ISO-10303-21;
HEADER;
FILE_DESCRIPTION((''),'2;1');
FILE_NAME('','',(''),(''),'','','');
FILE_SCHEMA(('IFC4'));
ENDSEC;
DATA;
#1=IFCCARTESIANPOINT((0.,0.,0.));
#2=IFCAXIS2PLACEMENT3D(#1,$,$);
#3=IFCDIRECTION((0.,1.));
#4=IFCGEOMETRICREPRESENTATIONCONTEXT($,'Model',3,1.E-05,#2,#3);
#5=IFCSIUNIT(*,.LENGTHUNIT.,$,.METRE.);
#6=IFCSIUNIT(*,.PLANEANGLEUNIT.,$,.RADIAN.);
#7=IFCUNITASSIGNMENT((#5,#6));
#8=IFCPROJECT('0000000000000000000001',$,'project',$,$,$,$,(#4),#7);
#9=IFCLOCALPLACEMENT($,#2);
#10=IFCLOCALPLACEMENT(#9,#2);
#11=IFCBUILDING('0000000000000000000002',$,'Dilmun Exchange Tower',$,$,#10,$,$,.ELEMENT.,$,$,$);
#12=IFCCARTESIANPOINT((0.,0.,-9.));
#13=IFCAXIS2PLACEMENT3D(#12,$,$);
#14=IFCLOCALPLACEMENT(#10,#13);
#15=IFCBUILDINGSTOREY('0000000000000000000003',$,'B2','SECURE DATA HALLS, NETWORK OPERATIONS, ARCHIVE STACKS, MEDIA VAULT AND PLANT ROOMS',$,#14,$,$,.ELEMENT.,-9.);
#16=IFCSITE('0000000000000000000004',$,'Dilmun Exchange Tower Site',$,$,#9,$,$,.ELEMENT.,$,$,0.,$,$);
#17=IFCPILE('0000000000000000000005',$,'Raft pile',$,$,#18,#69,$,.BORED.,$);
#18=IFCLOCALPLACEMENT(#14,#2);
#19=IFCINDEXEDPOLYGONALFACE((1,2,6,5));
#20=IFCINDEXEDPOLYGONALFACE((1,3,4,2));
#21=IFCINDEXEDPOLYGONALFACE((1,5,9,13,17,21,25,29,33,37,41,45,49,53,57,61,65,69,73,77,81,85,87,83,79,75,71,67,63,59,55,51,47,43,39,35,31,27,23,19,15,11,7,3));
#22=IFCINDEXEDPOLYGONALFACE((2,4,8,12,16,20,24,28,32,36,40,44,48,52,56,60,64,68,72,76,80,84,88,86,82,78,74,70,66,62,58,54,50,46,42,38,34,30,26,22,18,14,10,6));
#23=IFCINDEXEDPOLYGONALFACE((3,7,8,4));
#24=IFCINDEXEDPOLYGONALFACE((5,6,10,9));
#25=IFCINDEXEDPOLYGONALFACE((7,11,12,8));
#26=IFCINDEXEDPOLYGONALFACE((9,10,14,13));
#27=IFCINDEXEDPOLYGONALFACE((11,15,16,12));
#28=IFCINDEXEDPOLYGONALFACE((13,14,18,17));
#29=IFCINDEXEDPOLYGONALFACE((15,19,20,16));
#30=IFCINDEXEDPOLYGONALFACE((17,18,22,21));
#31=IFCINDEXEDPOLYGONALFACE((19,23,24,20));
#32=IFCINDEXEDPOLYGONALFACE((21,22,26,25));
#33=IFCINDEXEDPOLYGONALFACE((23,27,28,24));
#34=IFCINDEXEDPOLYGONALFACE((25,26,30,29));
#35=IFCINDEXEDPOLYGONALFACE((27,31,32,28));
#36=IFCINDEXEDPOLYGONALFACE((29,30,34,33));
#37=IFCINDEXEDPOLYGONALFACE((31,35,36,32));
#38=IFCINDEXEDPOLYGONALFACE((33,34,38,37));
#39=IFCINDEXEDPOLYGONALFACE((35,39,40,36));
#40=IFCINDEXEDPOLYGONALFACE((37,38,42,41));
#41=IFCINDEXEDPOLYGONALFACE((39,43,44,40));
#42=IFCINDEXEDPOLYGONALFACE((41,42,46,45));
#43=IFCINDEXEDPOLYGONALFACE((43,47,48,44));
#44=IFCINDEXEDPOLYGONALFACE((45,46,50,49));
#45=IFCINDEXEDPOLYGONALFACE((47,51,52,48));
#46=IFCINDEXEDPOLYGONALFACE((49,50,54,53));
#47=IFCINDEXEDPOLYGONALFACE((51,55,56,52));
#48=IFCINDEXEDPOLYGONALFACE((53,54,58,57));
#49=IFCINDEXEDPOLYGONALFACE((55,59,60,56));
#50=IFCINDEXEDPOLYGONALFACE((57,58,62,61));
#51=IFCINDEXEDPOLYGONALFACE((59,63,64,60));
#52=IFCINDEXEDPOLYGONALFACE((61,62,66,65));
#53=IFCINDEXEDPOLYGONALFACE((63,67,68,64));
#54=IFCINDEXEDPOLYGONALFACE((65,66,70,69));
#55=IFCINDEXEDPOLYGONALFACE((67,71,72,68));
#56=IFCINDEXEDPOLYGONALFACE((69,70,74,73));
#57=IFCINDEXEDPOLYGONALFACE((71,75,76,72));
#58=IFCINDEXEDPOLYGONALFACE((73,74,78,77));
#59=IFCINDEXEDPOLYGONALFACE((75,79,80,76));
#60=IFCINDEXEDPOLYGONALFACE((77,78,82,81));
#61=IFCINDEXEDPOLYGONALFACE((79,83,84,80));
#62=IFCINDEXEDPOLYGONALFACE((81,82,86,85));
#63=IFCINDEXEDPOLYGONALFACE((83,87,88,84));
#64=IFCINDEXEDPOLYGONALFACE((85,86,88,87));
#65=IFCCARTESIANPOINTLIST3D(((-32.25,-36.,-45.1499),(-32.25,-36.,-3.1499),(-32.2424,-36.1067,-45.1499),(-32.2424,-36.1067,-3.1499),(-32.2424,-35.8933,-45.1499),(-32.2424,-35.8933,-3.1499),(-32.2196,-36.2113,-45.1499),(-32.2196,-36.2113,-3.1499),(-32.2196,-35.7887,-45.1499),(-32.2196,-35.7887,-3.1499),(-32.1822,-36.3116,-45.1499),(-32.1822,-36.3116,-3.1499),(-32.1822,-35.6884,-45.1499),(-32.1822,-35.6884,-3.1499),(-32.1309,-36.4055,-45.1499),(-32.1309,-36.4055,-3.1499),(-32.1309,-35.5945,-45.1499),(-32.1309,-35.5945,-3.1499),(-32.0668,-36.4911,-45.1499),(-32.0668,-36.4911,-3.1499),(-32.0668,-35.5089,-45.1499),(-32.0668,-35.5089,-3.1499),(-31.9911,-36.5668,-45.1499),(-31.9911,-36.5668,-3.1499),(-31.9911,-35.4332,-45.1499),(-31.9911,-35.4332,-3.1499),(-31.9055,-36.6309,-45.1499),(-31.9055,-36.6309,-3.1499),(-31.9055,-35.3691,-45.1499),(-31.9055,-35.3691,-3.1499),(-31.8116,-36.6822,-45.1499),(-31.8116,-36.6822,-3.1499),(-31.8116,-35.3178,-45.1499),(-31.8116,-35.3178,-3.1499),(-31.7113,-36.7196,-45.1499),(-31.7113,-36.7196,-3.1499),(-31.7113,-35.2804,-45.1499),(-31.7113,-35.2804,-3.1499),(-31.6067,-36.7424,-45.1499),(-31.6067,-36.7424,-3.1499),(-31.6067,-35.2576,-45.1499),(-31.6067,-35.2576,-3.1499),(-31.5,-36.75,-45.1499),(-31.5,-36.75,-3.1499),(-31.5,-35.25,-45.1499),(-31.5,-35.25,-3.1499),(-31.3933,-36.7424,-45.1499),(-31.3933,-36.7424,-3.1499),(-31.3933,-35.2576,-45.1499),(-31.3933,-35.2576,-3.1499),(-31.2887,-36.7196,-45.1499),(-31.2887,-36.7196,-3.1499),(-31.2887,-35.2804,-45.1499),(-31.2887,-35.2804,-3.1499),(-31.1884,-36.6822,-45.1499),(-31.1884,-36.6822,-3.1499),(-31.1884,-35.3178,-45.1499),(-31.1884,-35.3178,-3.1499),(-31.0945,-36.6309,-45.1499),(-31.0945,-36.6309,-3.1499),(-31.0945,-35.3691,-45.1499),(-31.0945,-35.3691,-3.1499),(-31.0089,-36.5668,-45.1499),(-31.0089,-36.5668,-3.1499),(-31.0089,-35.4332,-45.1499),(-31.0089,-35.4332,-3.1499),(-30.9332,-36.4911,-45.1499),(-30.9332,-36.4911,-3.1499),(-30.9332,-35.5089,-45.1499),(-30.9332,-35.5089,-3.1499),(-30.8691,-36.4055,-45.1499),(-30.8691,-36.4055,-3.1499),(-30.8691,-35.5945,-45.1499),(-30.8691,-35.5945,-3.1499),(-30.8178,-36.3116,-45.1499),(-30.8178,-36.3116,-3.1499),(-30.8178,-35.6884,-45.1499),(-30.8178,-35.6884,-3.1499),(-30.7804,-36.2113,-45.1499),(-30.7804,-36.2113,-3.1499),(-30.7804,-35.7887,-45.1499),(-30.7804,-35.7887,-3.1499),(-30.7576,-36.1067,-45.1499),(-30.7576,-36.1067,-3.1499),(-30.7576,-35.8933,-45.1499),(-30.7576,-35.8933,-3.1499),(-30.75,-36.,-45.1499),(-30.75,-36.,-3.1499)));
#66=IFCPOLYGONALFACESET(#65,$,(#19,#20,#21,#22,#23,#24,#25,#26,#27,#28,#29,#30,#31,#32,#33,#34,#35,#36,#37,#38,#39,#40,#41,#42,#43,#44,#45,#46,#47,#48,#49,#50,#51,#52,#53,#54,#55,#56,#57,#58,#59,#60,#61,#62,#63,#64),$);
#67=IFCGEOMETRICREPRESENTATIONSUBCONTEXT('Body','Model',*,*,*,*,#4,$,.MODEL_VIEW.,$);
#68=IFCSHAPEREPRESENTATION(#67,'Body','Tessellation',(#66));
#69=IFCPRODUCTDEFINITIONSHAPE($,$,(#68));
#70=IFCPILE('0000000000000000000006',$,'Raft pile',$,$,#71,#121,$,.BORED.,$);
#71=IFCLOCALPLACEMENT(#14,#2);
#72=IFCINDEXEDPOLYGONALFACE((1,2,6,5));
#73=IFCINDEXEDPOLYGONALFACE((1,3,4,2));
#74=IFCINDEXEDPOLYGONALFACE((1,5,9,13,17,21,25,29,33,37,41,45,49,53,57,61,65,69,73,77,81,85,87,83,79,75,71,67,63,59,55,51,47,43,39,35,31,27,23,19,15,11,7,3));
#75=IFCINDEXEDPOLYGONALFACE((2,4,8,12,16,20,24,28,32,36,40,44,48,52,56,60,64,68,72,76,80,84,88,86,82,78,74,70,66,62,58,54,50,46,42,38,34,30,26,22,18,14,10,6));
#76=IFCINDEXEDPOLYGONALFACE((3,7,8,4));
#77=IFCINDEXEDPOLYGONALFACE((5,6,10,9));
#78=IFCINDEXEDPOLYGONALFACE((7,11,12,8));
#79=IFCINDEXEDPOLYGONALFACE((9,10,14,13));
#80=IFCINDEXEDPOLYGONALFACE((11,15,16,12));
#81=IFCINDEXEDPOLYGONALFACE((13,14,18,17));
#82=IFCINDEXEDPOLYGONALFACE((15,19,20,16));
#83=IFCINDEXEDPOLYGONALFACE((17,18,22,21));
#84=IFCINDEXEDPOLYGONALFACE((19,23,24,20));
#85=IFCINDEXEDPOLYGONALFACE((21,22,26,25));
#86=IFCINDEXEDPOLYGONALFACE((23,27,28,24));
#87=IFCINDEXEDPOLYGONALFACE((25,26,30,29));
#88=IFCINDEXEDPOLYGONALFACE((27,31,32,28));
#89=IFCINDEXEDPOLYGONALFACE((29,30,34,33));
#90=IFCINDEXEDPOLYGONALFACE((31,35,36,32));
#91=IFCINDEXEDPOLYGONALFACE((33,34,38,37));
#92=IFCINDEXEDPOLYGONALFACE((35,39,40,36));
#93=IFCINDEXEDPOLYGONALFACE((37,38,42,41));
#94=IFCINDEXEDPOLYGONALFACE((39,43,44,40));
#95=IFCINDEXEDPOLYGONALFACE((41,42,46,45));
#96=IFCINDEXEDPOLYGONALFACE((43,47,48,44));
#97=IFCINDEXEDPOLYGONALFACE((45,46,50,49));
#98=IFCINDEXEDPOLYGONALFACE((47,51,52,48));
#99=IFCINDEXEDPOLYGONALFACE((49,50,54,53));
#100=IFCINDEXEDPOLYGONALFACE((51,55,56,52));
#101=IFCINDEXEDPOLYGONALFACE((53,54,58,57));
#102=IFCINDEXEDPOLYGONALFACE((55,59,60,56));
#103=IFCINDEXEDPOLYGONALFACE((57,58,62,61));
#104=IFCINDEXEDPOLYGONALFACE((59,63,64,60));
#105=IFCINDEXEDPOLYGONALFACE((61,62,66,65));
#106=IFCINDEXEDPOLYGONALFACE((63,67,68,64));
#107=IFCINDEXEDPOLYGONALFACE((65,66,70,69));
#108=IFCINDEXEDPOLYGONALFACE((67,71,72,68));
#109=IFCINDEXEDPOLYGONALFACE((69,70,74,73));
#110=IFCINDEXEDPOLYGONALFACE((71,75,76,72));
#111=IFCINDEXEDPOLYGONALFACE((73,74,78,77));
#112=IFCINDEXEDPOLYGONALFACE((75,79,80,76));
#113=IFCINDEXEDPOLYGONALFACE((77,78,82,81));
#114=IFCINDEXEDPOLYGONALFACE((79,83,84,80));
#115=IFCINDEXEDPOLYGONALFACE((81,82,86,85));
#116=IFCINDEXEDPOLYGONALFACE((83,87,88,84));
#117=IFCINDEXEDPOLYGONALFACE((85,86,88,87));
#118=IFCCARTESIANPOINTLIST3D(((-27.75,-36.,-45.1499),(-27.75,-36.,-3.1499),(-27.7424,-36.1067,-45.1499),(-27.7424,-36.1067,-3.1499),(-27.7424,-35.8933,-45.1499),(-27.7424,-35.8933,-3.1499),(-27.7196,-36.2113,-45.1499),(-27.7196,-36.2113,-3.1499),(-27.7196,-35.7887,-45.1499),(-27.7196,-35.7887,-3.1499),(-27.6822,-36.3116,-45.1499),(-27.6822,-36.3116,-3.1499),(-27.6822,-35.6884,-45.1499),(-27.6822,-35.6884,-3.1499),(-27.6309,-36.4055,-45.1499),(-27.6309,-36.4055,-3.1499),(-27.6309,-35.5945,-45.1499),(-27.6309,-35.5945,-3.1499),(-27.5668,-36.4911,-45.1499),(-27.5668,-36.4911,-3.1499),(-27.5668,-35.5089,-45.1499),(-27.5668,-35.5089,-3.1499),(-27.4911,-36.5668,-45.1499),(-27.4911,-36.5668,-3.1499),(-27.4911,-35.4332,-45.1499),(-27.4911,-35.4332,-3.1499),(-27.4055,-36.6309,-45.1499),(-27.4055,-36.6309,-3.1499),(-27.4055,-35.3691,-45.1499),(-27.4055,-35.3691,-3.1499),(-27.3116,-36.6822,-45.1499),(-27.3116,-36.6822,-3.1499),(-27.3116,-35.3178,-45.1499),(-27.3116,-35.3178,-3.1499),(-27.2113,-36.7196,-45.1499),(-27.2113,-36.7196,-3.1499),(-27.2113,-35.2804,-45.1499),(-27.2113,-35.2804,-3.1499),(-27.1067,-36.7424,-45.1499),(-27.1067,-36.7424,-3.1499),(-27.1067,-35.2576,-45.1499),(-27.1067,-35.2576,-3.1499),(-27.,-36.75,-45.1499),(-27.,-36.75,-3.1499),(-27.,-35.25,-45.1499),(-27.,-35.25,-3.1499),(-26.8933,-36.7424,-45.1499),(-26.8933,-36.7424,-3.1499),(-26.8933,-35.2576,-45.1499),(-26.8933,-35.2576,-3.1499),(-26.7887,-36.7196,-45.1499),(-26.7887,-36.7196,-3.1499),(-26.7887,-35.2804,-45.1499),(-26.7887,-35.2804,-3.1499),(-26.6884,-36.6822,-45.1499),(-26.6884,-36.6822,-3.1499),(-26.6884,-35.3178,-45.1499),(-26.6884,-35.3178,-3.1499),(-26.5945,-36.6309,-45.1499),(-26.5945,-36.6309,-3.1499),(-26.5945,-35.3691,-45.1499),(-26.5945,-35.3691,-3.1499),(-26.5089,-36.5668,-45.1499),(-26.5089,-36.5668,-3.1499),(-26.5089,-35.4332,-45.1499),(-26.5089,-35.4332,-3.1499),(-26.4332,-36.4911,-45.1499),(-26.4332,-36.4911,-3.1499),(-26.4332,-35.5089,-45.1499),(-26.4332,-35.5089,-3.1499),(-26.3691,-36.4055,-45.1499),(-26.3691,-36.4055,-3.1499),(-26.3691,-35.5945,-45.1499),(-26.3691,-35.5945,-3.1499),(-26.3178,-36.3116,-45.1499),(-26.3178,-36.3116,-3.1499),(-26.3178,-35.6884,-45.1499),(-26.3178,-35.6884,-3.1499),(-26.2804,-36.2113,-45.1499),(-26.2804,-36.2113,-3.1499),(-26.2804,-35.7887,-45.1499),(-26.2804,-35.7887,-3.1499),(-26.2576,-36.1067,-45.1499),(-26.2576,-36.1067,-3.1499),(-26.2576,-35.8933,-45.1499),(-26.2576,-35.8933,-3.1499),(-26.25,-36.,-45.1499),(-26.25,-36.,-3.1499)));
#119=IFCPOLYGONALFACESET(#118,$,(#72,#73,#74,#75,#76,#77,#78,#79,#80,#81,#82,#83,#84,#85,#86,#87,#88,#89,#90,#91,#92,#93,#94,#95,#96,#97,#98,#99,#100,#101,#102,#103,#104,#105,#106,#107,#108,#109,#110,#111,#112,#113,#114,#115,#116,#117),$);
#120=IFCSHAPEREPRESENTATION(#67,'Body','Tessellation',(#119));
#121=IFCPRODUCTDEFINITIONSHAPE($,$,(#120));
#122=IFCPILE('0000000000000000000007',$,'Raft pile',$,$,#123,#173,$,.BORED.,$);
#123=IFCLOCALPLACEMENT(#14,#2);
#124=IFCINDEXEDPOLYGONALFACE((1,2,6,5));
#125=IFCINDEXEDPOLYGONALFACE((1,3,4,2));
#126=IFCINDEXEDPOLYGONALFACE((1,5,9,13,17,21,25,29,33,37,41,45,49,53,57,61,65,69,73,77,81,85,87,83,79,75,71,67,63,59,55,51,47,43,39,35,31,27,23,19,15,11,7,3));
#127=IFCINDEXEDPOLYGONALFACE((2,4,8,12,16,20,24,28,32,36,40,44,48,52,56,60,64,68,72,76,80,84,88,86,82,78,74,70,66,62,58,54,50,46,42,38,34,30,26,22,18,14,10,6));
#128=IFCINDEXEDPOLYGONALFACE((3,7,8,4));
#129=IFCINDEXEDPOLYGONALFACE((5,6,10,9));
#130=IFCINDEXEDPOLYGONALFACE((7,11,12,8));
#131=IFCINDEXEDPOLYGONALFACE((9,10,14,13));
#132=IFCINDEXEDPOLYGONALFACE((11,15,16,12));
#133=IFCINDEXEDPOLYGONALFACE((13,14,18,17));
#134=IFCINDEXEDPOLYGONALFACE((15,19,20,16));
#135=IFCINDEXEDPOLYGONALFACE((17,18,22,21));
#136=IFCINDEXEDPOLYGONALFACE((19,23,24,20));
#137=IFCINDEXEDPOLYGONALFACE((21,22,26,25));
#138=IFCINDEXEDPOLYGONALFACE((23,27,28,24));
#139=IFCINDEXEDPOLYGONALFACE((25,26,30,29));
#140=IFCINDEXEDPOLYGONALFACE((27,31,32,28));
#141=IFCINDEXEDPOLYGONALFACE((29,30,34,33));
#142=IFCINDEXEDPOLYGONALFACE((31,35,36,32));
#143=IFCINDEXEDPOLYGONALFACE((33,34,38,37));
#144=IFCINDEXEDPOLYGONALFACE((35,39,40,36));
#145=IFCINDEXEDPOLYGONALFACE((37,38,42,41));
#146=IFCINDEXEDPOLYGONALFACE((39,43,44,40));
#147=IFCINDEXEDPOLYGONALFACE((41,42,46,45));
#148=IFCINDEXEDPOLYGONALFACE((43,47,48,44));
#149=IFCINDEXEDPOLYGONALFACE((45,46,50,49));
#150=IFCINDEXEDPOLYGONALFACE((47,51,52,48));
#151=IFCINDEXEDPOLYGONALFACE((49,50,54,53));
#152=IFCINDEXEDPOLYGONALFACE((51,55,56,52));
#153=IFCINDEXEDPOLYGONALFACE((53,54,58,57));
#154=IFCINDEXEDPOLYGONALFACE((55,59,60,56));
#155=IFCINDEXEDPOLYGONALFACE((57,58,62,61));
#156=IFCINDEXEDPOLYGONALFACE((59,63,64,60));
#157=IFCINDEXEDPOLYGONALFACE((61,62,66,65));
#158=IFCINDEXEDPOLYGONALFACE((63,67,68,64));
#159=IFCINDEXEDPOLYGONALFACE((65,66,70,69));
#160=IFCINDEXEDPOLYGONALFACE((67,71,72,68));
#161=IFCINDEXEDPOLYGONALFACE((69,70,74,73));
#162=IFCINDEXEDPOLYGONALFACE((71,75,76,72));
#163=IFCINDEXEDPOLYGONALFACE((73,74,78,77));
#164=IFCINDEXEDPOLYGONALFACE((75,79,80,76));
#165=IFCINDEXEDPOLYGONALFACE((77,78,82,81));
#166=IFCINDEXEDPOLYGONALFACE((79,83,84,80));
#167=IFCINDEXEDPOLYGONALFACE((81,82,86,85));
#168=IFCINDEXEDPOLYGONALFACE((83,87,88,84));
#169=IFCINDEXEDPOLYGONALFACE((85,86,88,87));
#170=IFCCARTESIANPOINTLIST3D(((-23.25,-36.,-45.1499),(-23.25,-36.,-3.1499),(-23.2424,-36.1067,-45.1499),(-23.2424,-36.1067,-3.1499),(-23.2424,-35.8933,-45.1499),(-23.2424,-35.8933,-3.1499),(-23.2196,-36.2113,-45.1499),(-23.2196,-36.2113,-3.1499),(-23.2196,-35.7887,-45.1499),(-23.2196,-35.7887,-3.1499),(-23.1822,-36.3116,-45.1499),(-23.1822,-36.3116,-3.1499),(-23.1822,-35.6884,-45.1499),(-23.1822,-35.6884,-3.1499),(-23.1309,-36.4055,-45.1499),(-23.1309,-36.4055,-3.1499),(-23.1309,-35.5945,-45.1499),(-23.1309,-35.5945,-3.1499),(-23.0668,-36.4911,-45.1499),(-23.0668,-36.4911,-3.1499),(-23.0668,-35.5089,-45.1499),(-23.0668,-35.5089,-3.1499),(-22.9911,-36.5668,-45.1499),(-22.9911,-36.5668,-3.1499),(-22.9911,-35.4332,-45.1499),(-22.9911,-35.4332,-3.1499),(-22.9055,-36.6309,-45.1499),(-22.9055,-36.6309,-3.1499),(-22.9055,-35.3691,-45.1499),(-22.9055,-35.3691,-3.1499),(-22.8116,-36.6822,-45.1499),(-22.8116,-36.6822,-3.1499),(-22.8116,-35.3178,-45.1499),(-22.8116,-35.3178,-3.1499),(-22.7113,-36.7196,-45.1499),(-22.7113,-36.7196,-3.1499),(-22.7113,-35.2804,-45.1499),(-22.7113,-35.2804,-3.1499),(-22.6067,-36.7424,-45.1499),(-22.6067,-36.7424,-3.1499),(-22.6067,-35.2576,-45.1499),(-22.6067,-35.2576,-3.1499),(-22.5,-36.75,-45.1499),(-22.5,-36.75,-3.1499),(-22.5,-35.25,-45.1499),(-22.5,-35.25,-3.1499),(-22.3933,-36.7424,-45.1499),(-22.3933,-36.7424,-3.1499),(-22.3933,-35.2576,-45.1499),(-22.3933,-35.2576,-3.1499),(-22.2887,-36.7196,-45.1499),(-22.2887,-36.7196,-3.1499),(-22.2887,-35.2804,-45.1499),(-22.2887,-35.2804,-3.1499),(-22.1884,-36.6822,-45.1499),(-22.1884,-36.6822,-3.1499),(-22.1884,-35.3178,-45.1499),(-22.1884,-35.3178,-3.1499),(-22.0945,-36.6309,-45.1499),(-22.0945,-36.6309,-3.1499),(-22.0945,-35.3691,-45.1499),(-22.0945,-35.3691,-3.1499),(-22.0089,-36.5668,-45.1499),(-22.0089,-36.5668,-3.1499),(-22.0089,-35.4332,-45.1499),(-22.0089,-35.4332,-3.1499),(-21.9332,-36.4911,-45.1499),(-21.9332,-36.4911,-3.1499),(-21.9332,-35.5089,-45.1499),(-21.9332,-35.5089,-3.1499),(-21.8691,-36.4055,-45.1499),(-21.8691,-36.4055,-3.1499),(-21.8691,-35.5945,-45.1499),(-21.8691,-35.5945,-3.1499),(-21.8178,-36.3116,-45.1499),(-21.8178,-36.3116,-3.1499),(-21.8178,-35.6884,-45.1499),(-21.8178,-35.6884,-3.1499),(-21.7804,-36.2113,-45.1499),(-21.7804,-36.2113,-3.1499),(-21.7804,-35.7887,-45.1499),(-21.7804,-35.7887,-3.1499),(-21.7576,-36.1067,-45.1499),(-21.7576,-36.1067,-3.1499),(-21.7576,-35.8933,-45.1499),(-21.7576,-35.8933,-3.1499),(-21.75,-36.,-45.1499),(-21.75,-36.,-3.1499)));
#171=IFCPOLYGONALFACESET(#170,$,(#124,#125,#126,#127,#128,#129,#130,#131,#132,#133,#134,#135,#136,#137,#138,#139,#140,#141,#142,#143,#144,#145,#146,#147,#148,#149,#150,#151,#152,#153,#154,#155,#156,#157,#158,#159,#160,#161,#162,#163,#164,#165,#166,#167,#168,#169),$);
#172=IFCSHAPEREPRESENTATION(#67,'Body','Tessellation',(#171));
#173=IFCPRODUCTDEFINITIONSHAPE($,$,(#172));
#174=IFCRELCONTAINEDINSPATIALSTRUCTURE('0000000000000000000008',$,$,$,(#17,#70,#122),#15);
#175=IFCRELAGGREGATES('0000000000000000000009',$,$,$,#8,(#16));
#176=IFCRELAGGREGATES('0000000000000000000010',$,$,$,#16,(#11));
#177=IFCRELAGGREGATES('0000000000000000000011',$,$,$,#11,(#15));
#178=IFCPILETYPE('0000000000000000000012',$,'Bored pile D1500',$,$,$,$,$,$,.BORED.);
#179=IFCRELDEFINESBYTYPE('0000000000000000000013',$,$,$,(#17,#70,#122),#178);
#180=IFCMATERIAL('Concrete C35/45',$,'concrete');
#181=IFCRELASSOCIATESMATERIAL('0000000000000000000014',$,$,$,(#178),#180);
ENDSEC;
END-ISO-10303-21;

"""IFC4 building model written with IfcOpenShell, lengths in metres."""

from ifc_helpers import new_model, si_unit, direction, frame, origin, origin_2d, place, context, subcontext, project, spatial, circle, extrude, material, material_profile, profile_set, type_object, element, save


model = new_model("IFC4")

# Units and contexts
model_context = context("Model", 3, precision=1e-05, world=origin(), true_north=direction((0.0, 1.0)))
body_context = subcontext(model_context, "Body", "Model", "MODEL_VIEW")
ifc_project = project(units=[si_unit("LENGTHUNIT", "METRE"), si_unit("PLANEANGLEUNIT", "RADIAN")], contexts=[model_context])

# Site, building, storey
site_placement = place(None, origin())
site = spatial("IfcSite", under=ifc_project, at=site_placement, Name="Dilmun Exchange Tower Site", CompositionType="ELEMENT", RefElevation=0.0)
building_placement = place(site_placement, origin())
building = spatial("IfcBuilding", under=site, at=building_placement, Name="Dilmun Exchange Tower", CompositionType="ELEMENT")
storey_placement = place(building_placement, frame((0.0, 0.0, -9.0)))
storey = spatial("IfcBuildingStorey", under=building, at=storey_placement, Name="B2", Description="SECURE DATA HALLS, NETWORK OPERATIONS, ARCHIVE STACKS, MEDIA VAULT AND PLANT ROOMS", CompositionType="ELEMENT", Elevation=-9.0)

# Piles
ifc_material_1 = material(Name="Concrete C35/45", Category="concrete")
ifc_material_profile_1 = material_profile(ifc_material_1, circle(Radius=0.75, at=origin_2d()), Name="D1500")
ifc_profile_set_1 = profile_set([ifc_material_profile_1], Name="Concrete C35/45")
pile_type = type_object("IfcPileType", Name="Bored pile D1500", PredefinedType="BORED", material=ifc_profile_set_1)
for number, where, z_axis, x_axis, name in (
    (1, (-31.5, -36.0, -3.1499), (0.0, 0.0, -1.0), (1.0, 0.0, 0.0), "Raft pile"),
    (2, (-27.0, -36.0, -3.1499), (0.0, 0.0, -1.0), (1.0, 0.0, 0.0), "Raft pile"),
    (3, (-22.5, -36.0, -3.1499), (0.0, 0.0, -1.0), (1.0, 0.0, 0.0), "Raft pile"),
):
    element("IfcPile", number, at=place(storey_placement, frame(where, z_axis=z_axis, x_axis=x_axis)), inside=storey, type_object=pile_type, Name=name, PredefinedType="BORED", context=body_context, shape_type="SweptSolid", body=[
        extrude(circle(Radius=0.75, at=origin_2d()), origin(), (0.0, 0.0, 1.0), 42.0),
    ])

save(model, "model.ifc")
